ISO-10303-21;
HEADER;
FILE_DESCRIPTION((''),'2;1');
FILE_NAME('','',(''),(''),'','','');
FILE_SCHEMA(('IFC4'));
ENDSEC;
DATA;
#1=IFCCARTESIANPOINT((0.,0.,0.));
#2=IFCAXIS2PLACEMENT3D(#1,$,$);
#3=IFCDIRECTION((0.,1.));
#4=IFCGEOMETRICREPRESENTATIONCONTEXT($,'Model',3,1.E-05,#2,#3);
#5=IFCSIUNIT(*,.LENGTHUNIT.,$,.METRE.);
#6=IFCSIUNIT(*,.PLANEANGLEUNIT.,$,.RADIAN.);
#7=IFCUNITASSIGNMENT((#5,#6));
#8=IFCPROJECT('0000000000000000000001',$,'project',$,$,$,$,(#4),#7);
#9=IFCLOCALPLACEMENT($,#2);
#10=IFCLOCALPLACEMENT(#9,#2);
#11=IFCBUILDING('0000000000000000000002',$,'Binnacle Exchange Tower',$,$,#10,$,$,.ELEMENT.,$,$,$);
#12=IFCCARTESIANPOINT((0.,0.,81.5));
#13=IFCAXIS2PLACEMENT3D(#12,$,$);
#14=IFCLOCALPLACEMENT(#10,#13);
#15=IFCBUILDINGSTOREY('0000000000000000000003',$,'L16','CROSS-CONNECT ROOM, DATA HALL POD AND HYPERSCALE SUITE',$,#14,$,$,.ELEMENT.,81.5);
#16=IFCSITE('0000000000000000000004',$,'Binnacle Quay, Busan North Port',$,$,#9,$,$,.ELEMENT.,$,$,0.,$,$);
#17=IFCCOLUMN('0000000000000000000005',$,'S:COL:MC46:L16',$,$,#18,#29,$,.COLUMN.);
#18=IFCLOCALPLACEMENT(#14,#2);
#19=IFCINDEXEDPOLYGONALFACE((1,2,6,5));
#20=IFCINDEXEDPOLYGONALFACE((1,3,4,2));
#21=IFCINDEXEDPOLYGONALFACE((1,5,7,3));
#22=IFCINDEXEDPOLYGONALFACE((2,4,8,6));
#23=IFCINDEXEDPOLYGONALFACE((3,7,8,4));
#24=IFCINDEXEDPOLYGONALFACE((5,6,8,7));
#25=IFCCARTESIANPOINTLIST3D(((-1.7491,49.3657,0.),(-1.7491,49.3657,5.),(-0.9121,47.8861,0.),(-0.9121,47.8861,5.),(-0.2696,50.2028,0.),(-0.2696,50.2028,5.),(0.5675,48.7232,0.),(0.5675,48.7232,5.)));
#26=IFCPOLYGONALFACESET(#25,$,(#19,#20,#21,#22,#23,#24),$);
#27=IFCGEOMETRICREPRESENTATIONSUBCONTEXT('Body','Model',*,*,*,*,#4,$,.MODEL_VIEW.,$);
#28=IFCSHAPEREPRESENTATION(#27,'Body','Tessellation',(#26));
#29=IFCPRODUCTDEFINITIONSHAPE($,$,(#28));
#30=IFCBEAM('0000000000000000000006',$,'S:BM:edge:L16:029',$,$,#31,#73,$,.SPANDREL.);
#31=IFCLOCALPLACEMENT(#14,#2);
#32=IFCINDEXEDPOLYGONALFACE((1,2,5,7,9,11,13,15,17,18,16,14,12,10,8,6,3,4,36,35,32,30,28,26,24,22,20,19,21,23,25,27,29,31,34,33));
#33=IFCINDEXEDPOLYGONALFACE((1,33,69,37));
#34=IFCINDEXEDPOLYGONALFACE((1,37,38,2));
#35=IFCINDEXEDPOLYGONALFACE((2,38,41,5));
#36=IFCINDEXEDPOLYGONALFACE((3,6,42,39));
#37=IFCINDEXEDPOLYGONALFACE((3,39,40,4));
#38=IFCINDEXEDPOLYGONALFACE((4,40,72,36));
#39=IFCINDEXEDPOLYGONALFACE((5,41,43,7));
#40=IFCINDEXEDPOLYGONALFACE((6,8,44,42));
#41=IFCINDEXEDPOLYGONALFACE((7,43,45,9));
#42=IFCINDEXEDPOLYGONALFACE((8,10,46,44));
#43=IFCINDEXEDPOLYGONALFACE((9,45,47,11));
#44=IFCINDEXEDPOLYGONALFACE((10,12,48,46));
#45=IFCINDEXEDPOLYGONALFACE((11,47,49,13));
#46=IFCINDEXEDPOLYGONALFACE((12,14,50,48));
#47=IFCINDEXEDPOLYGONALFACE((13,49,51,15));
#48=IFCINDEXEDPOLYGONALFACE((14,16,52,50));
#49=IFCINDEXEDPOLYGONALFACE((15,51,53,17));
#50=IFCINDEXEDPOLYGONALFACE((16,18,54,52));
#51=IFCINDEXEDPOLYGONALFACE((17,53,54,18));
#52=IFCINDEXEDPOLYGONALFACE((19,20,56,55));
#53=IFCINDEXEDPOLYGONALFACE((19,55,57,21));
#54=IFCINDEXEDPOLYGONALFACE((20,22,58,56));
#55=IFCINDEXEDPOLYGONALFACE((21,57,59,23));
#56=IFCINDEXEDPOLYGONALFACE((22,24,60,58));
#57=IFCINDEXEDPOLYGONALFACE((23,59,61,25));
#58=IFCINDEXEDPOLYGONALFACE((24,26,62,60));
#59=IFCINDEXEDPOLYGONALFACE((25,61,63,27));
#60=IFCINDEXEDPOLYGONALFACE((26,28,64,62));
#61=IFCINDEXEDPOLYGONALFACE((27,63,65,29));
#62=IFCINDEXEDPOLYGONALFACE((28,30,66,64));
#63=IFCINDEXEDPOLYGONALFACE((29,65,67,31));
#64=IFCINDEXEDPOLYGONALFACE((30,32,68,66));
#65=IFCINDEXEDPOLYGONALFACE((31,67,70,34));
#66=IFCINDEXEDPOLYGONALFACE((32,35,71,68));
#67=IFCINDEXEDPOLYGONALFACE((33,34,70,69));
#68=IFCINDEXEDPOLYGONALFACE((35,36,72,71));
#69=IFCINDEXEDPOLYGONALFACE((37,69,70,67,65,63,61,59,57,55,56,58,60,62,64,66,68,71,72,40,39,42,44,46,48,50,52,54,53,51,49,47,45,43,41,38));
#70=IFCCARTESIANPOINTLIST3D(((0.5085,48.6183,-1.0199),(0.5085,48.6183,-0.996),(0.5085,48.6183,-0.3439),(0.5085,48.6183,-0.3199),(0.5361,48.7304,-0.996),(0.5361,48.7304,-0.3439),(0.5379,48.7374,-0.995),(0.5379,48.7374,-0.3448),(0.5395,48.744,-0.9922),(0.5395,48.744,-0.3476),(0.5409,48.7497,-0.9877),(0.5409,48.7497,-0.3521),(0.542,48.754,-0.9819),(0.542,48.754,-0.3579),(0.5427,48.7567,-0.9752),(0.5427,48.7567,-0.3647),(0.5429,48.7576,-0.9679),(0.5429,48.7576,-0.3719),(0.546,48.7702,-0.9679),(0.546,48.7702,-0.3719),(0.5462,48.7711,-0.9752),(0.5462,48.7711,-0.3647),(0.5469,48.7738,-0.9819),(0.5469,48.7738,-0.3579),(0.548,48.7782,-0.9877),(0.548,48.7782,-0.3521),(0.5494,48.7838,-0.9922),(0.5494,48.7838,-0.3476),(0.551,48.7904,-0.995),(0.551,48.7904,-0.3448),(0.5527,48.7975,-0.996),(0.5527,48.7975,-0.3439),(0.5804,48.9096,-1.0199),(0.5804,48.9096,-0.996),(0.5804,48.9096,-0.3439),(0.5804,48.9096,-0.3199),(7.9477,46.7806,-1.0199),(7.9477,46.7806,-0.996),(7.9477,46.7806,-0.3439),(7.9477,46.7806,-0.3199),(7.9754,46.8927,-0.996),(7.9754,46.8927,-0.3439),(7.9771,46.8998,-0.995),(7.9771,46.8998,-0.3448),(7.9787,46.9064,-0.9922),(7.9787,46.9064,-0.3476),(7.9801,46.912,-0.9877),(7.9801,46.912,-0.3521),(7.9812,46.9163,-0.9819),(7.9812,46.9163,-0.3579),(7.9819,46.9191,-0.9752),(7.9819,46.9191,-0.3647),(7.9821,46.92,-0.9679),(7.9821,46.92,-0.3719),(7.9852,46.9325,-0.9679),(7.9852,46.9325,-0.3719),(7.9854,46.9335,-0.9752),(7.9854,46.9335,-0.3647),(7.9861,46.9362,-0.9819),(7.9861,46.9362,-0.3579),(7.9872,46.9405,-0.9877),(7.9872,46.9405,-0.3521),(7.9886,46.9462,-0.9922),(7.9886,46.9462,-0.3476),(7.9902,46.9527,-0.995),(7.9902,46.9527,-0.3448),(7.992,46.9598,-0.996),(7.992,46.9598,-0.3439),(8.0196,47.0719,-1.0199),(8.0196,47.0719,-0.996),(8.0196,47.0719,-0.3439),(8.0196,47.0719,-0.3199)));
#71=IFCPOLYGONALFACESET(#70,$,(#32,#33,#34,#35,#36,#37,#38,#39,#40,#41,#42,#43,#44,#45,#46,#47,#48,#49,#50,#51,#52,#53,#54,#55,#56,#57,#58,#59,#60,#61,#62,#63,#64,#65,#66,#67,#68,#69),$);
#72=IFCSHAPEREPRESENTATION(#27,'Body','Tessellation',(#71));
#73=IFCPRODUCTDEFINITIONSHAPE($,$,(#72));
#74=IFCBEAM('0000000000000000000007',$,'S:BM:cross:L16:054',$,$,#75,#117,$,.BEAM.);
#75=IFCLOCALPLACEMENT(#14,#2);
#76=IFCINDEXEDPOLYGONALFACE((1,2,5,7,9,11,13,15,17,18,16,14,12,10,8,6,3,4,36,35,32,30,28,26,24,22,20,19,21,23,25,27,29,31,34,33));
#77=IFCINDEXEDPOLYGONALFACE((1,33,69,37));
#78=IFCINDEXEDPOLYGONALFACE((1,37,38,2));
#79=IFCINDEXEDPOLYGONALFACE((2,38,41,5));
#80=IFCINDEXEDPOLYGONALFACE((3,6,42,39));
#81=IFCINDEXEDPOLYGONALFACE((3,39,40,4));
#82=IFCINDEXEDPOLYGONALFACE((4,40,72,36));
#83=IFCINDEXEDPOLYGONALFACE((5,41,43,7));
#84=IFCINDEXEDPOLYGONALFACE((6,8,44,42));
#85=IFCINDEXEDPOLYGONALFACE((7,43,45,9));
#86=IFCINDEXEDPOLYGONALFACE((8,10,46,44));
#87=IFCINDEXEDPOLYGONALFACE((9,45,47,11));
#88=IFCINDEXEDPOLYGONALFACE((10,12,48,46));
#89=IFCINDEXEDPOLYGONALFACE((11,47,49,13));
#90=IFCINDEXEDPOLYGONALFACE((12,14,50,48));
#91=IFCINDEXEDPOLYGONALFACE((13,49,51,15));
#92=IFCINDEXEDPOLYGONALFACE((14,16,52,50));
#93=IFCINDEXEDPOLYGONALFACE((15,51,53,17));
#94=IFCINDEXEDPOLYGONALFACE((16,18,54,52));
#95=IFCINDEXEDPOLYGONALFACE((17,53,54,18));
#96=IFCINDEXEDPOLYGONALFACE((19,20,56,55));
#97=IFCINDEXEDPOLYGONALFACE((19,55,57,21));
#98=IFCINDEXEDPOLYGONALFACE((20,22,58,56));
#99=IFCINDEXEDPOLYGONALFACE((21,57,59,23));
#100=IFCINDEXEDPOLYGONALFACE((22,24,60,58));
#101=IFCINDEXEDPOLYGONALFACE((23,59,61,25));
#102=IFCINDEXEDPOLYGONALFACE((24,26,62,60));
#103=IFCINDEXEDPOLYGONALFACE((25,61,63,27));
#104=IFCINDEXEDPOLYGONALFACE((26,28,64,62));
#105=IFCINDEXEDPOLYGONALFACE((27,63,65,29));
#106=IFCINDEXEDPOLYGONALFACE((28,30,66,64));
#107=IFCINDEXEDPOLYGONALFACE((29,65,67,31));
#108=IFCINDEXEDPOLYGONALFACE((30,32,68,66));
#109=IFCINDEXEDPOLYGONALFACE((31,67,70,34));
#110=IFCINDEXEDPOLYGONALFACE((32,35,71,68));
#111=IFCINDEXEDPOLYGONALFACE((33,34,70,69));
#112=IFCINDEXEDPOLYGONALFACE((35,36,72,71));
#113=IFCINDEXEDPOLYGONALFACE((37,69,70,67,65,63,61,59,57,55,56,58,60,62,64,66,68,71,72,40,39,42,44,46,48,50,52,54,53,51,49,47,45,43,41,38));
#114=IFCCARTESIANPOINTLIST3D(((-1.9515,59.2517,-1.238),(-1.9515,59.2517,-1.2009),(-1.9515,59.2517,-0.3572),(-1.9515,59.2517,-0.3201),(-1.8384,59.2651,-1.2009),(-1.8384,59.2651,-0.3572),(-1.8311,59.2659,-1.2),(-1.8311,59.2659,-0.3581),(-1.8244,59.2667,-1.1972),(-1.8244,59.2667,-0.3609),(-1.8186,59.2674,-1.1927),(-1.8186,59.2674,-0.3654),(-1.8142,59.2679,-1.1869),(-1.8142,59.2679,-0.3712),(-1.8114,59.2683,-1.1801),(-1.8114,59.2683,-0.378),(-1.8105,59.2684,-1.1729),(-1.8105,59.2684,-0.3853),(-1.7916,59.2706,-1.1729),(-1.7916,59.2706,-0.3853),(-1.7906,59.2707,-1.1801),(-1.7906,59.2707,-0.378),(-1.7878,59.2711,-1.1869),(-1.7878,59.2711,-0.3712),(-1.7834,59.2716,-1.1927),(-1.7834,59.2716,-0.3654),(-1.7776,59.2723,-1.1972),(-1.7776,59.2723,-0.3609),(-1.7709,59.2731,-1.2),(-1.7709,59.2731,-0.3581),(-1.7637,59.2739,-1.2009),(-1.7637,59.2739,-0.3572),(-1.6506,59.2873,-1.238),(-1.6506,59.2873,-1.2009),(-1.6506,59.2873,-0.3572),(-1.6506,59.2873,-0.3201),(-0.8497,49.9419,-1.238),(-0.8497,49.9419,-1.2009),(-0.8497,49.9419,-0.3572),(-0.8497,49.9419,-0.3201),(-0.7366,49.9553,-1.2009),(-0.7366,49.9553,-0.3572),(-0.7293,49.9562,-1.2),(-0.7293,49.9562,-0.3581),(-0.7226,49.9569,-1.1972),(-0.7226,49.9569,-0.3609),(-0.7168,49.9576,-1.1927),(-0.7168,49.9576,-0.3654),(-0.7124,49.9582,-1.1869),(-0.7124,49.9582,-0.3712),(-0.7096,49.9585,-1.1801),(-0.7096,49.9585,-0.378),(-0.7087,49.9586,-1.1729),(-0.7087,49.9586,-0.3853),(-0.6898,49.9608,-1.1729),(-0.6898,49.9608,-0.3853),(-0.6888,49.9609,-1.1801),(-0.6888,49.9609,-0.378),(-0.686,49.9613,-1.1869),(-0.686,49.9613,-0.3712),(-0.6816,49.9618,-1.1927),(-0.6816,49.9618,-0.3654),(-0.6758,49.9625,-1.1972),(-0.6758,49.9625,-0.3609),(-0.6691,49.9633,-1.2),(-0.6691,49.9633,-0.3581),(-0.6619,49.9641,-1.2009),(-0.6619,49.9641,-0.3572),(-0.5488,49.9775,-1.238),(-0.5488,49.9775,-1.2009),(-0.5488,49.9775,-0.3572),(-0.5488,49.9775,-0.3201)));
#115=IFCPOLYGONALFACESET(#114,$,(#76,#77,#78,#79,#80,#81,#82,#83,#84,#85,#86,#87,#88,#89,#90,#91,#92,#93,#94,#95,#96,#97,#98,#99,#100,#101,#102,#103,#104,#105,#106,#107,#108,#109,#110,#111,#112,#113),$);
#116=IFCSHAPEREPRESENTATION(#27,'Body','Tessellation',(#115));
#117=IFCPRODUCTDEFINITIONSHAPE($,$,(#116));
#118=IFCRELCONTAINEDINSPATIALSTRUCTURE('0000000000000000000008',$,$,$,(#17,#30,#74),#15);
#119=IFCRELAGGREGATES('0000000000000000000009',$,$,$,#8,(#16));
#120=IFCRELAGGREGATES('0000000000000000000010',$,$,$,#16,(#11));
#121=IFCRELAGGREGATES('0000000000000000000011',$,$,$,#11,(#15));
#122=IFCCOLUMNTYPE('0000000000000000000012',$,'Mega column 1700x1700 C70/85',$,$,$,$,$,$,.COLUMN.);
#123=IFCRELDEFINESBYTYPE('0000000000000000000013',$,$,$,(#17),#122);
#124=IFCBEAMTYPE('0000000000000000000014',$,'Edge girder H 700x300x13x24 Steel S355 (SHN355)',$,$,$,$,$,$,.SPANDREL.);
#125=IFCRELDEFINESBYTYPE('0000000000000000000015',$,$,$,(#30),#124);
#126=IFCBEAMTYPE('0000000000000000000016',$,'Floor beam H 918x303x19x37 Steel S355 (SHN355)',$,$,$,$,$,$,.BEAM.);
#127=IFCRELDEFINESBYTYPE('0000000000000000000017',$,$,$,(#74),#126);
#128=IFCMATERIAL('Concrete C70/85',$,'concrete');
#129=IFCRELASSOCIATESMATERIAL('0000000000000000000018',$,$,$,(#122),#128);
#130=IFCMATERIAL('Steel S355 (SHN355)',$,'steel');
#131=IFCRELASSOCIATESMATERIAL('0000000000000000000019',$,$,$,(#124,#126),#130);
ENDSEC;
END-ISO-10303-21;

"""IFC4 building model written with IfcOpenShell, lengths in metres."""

from ifc_helpers import new_model, si_unit, direction, frame, origin, origin_2d, place, context, subcontext, project, spatial, rectangle, i_section, extrude, material, material_profile, profile_set, type_object, element, save


model = new_model("IFC4")

# Units and contexts
model_context = context("Model", 3, precision=1e-05, world=origin(), true_north=direction((0.0, 1.0)))
body_context = subcontext(model_context, "Body", "Model", "MODEL_VIEW")
ifc_project = project(units=[si_unit("LENGTHUNIT", "METRE"), si_unit("PLANEANGLEUNIT", "RADIAN")], contexts=[model_context])

# Site, building, storey
site_placement = place(None, origin())
site = spatial("IfcSite", under=ifc_project, at=site_placement, Name="Binnacle Quay, Busan North Port", CompositionType="ELEMENT", RefElevation=0.0)
building_placement = place(site_placement, origin())
building = spatial("IfcBuilding", under=site, at=building_placement, Name="Binnacle Exchange Tower", CompositionType="ELEMENT")
storey_placement = place(building_placement, frame((0.0, 0.0, 81.5)))
storey = spatial("IfcBuildingStorey", under=building, at=storey_placement, Name="L16", Description="CROSS-CONNECT ROOM, DATA HALL POD AND HYPERSCALE SUITE", CompositionType="ELEMENT", Elevation=81.5)

# Column
ifc_material_1 = material(Name="Concrete C70/85", Category="concrete")
ifc_material_profile_1 = material_profile(ifc_material_1, rectangle(XDim=1.7, YDim=1.7, at=origin_2d()), Name="Mega column 1700x1700 C70/85")
ifc_profile_set_1 = profile_set([ifc_material_profile_1], Name="Concrete C70/85")
column_type = type_object("IfcColumnType", Name="Mega column 1700x1700 C70/85", PredefinedType="COLUMN", material=ifc_profile_set_1)
column_placement = place(storey_placement, frame((-0.5908, 49.0444, 0.0), z_axis=(0.0, 0.0, 1.0), x_axis=(0.870356, 0.492424, 0.0)))
element("IfcColumn", 1, at=column_placement, inside=storey, type_object=column_type, Name="S:COL:MC46:L16", PredefinedType="COLUMN", context=body_context, shape_type="SweptSolid", body=[
    extrude(rectangle(XDim=1.7, YDim=1.7, at=origin_2d()), origin(), (0.0, 0.0, 1.0), 5.0),
])

# Beams
ifc_material_2 = material(Name="Steel S355 (SHN355)", Category="steel")
ifc_material_profile_2 = material_profile(ifc_material_2, i_section(OverallWidth=0.3, OverallDepth=0.7, WebThickness=0.0129, FlangeThickness=0.0239, FilletRadius=0.0281, at=origin_2d()), Name="H 700x300x13x24")
ifc_profile_set_2 = profile_set([ifc_material_profile_2], Name="Steel S355 (SHN355)")
beam_type_1 = type_object("IfcBeamType", Name="Edge girder H 700x300x13x24 Steel S355 (SHN355)", PredefinedType="SPANDREL", material=ifc_profile_set_2)
beam_1_placement = place(storey_placement, frame((0.5444, 48.7639, -0.6699), z_axis=(0.970819, -0.239813, 0.0), x_axis=(0.239813, 0.970819, 0.0)))
element("IfcBeam", 2, at=beam_1_placement, inside=storey, type_object=beam_type_1, Name="S:BM:edge:L16:029", PredefinedType="SPANDREL", context=body_context, shape_type="SweptSolid", body=[
    extrude(i_section(OverallWidth=0.3, OverallDepth=0.7, WebThickness=0.0129, FlangeThickness=0.0239, FilletRadius=0.0281, at=origin_2d()), origin(), (0.0, 0.0, 1.0), 7.6628),
])
ifc_material_profile_3 = material_profile(ifc_material_2, i_section(OverallWidth=0.303, OverallDepth=0.918, WebThickness=0.019, FlangeThickness=0.0371, FilletRadius=0.0281, at=origin_2d()), Name="H 918x303x19x37")
ifc_profile_set_3 = profile_set([ifc_material_profile_3], Name="Steel S355 (SHN355)")
beam_type_2 = type_object("IfcBeamType", Name="Floor beam H 918x303x19x37 Steel S355 (SHN355)", PredefinedType="BEAM", material=ifc_profile_set_3)
beam_2_placement = place(storey_placement, frame((-0.6992, 49.9597, -0.7791), z_axis=(-0.117529, 0.993069, 0.0), x_axis=(-0.993069, -0.117529, 0.0)))
element("IfcBeam", 3, at=beam_2_placement, inside=storey, type_object=beam_type_2, Name="S:BM:cross:L16:054", PredefinedType="BEAM", context=body_context, shape_type="SweptSolid", body=[
    extrude(i_section(OverallWidth=0.303, OverallDepth=0.918, WebThickness=0.019, FlangeThickness=0.0371, FilletRadius=0.0281, at=origin_2d()), origin(), (0.0, 0.0, 1.0), 9.3748),
])

save(model, "model.ifc")
